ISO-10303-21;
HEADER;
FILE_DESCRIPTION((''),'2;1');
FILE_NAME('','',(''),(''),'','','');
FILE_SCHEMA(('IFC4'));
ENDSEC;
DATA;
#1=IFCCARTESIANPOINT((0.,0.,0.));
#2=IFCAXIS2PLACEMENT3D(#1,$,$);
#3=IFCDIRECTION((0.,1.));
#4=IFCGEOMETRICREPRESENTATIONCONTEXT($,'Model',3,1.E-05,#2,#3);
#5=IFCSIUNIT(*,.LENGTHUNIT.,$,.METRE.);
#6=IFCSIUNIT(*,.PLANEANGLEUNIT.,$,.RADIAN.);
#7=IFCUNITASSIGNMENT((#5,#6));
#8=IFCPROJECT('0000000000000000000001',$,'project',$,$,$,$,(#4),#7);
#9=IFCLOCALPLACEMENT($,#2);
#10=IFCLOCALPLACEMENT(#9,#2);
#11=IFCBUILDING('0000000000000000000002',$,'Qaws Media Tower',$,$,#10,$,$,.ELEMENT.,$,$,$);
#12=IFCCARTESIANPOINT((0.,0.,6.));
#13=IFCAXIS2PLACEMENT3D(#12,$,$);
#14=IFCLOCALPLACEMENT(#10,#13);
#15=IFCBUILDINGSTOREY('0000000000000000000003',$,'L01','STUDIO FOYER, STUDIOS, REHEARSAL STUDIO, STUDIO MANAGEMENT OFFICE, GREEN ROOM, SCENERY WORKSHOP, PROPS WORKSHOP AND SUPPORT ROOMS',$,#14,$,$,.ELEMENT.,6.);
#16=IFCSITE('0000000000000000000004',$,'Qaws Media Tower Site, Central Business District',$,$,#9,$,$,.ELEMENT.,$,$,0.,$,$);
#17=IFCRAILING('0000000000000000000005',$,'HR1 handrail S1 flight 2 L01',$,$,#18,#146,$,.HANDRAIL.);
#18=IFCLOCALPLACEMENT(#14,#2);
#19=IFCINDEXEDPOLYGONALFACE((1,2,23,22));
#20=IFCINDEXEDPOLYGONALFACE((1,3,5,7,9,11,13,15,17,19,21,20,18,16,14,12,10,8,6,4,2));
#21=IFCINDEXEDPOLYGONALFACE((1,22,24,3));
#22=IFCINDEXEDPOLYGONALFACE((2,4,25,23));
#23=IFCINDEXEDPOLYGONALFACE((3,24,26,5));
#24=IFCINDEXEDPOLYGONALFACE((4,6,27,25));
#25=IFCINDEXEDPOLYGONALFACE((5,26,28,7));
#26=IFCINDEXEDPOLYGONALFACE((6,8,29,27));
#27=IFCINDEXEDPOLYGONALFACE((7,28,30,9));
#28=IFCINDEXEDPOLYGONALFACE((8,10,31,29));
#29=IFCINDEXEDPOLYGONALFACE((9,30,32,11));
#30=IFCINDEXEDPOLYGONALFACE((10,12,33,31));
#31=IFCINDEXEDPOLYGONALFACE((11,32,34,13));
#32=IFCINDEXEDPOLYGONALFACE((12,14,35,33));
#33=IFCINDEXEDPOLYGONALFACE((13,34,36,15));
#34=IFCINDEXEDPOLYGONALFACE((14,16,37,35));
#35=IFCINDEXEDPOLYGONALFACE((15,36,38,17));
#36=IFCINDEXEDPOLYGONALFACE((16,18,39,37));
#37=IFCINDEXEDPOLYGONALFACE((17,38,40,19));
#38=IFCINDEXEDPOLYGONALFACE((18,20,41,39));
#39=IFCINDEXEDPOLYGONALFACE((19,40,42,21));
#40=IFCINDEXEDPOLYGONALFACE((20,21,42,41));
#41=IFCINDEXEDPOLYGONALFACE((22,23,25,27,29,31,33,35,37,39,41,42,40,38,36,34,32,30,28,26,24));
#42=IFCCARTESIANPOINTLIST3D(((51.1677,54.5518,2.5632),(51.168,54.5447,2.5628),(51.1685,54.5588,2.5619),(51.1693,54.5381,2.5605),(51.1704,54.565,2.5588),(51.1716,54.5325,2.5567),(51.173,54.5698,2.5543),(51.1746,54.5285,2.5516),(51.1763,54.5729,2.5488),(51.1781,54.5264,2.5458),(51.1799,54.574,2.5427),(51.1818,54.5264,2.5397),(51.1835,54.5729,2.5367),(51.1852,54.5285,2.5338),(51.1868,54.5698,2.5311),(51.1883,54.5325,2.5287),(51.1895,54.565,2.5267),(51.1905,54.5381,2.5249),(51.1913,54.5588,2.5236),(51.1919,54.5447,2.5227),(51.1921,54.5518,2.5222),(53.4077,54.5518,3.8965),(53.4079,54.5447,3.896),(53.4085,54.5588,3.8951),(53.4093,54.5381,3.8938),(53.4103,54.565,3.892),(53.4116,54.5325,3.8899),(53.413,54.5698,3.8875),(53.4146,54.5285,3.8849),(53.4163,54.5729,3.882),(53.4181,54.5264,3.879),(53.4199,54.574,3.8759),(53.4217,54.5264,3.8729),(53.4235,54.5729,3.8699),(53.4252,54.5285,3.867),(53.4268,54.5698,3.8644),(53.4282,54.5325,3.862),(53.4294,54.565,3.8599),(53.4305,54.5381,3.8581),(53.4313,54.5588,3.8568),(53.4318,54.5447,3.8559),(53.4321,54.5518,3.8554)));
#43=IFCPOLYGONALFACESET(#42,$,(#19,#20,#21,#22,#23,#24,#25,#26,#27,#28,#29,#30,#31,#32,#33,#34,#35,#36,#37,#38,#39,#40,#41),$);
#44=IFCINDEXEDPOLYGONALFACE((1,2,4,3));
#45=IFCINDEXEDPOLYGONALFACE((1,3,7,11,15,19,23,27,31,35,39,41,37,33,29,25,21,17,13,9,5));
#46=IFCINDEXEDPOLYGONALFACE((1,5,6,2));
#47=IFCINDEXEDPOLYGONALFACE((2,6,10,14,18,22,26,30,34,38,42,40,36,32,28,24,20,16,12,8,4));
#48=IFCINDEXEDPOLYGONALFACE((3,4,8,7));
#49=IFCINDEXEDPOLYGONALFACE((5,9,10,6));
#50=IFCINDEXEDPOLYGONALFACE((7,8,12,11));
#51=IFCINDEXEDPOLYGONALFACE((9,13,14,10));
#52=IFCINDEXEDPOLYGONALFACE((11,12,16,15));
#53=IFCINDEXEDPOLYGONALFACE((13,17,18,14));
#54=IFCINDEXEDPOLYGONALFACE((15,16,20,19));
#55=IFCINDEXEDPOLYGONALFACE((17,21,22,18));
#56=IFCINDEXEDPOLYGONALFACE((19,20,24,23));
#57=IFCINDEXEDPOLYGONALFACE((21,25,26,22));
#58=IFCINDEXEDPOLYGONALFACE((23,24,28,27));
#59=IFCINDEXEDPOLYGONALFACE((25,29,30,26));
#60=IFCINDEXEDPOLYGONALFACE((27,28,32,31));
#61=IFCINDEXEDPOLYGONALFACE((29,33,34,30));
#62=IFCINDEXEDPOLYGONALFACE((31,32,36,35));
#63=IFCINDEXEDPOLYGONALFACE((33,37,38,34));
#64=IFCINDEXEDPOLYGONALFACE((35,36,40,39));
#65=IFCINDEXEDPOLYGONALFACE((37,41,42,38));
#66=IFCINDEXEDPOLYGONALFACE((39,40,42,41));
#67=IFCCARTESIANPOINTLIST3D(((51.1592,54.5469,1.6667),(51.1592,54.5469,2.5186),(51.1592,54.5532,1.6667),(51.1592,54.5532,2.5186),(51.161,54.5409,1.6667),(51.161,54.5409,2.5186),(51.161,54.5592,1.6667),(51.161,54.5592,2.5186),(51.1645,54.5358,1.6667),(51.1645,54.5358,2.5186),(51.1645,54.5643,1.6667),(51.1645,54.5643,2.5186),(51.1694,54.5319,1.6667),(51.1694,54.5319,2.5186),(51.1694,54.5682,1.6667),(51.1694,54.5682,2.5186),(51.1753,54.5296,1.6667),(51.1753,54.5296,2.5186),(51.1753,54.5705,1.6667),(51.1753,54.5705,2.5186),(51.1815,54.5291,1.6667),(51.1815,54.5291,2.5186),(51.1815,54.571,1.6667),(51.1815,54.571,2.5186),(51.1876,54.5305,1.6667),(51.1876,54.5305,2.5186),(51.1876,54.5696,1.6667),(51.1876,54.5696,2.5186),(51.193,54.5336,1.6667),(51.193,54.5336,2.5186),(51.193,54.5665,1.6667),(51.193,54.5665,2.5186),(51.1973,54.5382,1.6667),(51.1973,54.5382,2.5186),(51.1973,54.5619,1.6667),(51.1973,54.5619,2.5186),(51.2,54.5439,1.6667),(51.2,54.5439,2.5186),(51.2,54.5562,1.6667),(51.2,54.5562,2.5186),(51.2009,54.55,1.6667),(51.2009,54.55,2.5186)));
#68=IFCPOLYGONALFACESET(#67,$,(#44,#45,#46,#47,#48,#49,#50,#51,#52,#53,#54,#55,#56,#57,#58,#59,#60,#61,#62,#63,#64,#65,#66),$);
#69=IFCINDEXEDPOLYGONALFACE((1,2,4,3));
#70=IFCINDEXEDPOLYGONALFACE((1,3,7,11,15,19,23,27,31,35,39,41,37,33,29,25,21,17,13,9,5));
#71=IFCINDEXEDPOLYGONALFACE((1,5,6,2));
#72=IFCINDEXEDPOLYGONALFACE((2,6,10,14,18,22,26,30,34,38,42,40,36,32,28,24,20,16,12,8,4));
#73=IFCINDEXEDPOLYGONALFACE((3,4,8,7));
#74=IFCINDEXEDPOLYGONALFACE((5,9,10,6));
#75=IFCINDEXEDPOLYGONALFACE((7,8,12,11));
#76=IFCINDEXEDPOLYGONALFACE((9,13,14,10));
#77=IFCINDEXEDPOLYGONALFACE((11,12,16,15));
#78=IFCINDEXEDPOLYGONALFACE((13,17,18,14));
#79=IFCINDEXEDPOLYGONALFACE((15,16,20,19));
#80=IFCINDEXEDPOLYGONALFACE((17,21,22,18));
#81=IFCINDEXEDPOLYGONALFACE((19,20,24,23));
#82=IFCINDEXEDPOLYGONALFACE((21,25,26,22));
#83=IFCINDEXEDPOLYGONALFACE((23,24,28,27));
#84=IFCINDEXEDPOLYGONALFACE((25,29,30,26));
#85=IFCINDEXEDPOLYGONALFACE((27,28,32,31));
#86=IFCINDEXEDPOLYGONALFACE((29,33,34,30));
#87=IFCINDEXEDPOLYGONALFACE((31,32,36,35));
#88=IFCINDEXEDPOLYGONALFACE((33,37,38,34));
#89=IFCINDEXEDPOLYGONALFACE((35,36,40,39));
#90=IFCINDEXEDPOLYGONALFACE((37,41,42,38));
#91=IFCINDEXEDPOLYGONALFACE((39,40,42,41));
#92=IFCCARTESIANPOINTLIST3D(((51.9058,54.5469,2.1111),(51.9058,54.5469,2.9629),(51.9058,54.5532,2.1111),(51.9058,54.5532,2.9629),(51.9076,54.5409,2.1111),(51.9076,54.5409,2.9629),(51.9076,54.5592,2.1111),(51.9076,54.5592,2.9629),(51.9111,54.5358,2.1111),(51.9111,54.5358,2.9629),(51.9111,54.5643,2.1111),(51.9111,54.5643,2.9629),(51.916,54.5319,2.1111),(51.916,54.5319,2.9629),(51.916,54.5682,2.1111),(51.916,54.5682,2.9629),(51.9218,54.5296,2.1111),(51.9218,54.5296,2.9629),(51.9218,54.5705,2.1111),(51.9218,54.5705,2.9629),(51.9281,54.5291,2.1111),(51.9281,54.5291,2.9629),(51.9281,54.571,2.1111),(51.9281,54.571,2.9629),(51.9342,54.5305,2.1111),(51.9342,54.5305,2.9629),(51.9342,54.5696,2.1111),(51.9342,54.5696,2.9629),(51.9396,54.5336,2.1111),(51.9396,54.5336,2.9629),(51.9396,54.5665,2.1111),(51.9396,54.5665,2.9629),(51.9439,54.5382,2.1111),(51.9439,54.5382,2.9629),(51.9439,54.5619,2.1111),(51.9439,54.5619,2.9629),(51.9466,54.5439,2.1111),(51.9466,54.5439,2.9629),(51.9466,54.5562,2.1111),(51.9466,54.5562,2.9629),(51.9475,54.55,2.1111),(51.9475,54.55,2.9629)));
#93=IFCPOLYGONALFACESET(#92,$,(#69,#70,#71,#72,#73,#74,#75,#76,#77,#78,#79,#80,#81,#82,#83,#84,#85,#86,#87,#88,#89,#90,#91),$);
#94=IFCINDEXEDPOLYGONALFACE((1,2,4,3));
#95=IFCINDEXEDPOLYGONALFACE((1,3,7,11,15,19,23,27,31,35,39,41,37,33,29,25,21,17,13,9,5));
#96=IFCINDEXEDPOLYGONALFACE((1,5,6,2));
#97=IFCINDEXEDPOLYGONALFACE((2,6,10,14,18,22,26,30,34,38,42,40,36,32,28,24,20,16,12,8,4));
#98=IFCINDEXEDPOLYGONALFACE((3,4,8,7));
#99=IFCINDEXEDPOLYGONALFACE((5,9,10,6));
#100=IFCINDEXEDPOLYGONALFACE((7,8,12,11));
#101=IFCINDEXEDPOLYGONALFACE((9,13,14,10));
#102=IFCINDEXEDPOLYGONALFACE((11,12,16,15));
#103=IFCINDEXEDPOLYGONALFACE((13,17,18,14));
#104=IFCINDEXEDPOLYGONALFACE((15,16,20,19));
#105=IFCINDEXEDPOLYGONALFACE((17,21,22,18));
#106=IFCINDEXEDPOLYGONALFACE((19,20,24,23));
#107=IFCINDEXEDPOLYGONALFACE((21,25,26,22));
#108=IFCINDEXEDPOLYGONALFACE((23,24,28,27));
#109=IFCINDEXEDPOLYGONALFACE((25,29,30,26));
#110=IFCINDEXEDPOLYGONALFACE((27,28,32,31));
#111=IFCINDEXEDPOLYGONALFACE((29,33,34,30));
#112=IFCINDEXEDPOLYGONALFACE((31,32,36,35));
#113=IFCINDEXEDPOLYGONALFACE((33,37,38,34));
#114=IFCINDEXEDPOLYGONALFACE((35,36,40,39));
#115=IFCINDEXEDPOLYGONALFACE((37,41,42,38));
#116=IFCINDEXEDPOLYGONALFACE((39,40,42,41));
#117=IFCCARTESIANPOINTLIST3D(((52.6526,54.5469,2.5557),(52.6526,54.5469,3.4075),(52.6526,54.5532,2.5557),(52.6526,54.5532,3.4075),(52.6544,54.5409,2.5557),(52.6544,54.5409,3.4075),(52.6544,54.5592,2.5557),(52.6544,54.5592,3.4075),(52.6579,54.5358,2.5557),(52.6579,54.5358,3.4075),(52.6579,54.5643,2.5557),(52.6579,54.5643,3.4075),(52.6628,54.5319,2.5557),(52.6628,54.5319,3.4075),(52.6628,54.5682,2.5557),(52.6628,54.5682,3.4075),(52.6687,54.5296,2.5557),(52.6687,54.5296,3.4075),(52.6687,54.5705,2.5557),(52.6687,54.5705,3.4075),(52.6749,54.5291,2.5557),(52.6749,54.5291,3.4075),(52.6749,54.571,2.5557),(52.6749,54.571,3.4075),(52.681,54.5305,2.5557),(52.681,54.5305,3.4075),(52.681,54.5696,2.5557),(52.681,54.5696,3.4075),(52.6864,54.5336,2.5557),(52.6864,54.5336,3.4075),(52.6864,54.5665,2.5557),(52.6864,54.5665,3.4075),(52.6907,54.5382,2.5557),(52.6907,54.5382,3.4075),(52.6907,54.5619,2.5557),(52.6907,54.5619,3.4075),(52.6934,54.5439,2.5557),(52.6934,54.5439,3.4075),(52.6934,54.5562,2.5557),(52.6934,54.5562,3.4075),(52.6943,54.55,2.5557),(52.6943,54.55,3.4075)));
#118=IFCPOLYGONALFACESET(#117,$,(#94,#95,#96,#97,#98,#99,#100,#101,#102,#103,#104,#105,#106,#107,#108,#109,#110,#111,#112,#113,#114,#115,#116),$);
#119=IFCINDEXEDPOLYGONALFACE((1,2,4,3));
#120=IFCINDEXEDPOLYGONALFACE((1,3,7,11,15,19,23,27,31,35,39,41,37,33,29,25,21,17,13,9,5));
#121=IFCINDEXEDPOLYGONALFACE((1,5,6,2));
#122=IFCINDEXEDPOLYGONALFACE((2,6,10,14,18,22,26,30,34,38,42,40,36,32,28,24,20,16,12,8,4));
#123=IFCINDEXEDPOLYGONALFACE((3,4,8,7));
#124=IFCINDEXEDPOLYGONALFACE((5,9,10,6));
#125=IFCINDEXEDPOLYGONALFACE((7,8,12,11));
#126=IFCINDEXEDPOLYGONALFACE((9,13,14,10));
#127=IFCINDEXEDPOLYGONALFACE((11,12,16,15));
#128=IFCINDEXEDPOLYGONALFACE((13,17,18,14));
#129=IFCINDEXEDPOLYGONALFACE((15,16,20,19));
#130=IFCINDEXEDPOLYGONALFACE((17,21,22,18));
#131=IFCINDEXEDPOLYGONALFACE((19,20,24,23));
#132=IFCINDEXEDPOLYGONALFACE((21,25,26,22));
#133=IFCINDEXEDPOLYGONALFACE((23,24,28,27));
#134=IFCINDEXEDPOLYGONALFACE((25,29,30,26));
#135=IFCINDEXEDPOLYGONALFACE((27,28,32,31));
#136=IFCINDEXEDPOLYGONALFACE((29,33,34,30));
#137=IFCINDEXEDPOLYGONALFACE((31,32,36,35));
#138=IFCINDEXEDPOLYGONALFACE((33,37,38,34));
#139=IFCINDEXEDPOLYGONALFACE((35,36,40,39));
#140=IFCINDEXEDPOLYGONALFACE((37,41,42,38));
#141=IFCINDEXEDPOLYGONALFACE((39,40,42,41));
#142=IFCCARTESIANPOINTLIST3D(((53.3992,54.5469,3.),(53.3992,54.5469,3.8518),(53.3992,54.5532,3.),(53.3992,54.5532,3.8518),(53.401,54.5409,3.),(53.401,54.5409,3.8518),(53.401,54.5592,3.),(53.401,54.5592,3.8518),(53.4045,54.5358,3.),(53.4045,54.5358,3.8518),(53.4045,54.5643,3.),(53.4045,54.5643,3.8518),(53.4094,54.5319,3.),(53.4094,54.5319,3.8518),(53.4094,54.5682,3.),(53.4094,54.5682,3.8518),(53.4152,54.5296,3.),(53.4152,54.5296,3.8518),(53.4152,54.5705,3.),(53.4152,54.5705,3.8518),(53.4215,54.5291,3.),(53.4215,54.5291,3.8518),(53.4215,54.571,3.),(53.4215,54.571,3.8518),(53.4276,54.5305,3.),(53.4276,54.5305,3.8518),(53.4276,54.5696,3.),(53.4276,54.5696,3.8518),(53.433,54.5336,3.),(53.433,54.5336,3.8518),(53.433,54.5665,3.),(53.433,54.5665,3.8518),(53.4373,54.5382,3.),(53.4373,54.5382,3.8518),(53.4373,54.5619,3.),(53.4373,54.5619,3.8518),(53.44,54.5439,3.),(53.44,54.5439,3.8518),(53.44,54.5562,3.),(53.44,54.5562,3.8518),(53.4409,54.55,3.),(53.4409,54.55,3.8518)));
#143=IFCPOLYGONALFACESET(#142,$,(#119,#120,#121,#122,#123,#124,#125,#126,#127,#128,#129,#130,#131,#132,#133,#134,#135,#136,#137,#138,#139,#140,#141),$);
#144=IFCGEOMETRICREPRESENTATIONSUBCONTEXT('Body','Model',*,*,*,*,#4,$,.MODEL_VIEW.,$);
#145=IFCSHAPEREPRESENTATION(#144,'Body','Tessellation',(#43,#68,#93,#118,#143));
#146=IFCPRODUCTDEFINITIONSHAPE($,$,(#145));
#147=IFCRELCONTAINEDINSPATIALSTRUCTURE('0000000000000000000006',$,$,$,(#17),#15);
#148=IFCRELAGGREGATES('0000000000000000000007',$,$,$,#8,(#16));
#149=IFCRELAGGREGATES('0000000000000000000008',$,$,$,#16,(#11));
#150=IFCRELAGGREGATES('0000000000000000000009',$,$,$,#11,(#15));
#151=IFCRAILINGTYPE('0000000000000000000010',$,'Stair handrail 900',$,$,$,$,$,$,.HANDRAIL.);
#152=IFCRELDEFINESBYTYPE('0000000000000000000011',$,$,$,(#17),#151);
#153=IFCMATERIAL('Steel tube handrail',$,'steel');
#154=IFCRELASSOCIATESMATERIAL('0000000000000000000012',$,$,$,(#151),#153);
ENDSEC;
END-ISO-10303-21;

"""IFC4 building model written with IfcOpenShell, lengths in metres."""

from ifc_helpers import new_model, si_unit, direction, frame, origin, origin_2d, place, context, subcontext, project, spatial, circle, extrude, material, type_object, element, save


model = new_model("IFC4")

# Units and contexts
model_context = context("Model", 3, precision=1e-05, world=origin(), true_north=direction((0.0, 1.0)))
body_context = subcontext(model_context, "Body", "Model", "MODEL_VIEW")
ifc_project = project(units=[si_unit("LENGTHUNIT", "METRE"), si_unit("PLANEANGLEUNIT", "RADIAN")], contexts=[model_context])

# Site, building, storey
site_placement = place(None, origin())
site = spatial("IfcSite", under=ifc_project, at=site_placement, Name="Qaws Media Tower Site, Central Business District", CompositionType="ELEMENT", RefElevation=0.0)
building_placement = place(site_placement, origin())
building = spatial("IfcBuilding", under=site, at=building_placement, Name="Qaws Media Tower", CompositionType="ELEMENT")
storey_placement = place(building_placement, frame((0.0, 0.0, 6.0)))
storey = spatial("IfcBuildingStorey", under=building, at=storey_placement, Name="L01", Description="STUDIO FOYER, STUDIOS, REHEARSAL STUDIO, STUDIO MANAGEMENT OFFICE, GREEN ROOM, SCENERY WORKSHOP, PROPS WORKSHOP AND SUPPORT ROOMS", CompositionType="ELEMENT", Elevation=6.0)

# Railing
ifc_material_1 = material(Name="Steel tube handrail", Category="steel")
railing_type = type_object("IfcRailingType", Name="Stair handrail 900", PredefinedType="HANDRAIL", material=ifc_material_1)
for number, where, name in (
    (1, (51.1799, 54.55, 1.6667), "HR1 handrail S1 flight 2 L01"),
):
    element("IfcRailing", number, at=place(storey_placement, frame(where)), inside=storey, type_object=railing_type, Name=name, PredefinedType="HANDRAIL", context=body_context, shape_type="SweptSolid", body=[
        extrude(circle(Radius=0.0239, at=origin_2d()), frame((0.0, 0.0, 0.876), z_axis=(0.859306, 0.0, 0.511462), x_axis=(0.0, 1.0, 0.0)), (0.0, 0.0, 1.0), 2.6067),
        extrude(circle(Radius=0.021, at=origin_2d()), origin(), (0.0, 0.0, 1.0), 0.8518),
        extrude(circle(Radius=0.021, at=origin_2d()), frame((0.7466, 0.0, 0.4443)), (0.0, 0.0, 1.0), 0.8518),
        extrude(circle(Radius=0.021, at=origin_2d()), frame((1.4934, 0.0, 0.8889)), (0.0, 0.0, 1.0), 0.8518),
        extrude(circle(Radius=0.021, at=origin_2d()), frame((2.24, 0.0, 1.3333)), (0.0, 0.0, 1.0), 0.8518),
    ])

save(model, "model.ifc")
